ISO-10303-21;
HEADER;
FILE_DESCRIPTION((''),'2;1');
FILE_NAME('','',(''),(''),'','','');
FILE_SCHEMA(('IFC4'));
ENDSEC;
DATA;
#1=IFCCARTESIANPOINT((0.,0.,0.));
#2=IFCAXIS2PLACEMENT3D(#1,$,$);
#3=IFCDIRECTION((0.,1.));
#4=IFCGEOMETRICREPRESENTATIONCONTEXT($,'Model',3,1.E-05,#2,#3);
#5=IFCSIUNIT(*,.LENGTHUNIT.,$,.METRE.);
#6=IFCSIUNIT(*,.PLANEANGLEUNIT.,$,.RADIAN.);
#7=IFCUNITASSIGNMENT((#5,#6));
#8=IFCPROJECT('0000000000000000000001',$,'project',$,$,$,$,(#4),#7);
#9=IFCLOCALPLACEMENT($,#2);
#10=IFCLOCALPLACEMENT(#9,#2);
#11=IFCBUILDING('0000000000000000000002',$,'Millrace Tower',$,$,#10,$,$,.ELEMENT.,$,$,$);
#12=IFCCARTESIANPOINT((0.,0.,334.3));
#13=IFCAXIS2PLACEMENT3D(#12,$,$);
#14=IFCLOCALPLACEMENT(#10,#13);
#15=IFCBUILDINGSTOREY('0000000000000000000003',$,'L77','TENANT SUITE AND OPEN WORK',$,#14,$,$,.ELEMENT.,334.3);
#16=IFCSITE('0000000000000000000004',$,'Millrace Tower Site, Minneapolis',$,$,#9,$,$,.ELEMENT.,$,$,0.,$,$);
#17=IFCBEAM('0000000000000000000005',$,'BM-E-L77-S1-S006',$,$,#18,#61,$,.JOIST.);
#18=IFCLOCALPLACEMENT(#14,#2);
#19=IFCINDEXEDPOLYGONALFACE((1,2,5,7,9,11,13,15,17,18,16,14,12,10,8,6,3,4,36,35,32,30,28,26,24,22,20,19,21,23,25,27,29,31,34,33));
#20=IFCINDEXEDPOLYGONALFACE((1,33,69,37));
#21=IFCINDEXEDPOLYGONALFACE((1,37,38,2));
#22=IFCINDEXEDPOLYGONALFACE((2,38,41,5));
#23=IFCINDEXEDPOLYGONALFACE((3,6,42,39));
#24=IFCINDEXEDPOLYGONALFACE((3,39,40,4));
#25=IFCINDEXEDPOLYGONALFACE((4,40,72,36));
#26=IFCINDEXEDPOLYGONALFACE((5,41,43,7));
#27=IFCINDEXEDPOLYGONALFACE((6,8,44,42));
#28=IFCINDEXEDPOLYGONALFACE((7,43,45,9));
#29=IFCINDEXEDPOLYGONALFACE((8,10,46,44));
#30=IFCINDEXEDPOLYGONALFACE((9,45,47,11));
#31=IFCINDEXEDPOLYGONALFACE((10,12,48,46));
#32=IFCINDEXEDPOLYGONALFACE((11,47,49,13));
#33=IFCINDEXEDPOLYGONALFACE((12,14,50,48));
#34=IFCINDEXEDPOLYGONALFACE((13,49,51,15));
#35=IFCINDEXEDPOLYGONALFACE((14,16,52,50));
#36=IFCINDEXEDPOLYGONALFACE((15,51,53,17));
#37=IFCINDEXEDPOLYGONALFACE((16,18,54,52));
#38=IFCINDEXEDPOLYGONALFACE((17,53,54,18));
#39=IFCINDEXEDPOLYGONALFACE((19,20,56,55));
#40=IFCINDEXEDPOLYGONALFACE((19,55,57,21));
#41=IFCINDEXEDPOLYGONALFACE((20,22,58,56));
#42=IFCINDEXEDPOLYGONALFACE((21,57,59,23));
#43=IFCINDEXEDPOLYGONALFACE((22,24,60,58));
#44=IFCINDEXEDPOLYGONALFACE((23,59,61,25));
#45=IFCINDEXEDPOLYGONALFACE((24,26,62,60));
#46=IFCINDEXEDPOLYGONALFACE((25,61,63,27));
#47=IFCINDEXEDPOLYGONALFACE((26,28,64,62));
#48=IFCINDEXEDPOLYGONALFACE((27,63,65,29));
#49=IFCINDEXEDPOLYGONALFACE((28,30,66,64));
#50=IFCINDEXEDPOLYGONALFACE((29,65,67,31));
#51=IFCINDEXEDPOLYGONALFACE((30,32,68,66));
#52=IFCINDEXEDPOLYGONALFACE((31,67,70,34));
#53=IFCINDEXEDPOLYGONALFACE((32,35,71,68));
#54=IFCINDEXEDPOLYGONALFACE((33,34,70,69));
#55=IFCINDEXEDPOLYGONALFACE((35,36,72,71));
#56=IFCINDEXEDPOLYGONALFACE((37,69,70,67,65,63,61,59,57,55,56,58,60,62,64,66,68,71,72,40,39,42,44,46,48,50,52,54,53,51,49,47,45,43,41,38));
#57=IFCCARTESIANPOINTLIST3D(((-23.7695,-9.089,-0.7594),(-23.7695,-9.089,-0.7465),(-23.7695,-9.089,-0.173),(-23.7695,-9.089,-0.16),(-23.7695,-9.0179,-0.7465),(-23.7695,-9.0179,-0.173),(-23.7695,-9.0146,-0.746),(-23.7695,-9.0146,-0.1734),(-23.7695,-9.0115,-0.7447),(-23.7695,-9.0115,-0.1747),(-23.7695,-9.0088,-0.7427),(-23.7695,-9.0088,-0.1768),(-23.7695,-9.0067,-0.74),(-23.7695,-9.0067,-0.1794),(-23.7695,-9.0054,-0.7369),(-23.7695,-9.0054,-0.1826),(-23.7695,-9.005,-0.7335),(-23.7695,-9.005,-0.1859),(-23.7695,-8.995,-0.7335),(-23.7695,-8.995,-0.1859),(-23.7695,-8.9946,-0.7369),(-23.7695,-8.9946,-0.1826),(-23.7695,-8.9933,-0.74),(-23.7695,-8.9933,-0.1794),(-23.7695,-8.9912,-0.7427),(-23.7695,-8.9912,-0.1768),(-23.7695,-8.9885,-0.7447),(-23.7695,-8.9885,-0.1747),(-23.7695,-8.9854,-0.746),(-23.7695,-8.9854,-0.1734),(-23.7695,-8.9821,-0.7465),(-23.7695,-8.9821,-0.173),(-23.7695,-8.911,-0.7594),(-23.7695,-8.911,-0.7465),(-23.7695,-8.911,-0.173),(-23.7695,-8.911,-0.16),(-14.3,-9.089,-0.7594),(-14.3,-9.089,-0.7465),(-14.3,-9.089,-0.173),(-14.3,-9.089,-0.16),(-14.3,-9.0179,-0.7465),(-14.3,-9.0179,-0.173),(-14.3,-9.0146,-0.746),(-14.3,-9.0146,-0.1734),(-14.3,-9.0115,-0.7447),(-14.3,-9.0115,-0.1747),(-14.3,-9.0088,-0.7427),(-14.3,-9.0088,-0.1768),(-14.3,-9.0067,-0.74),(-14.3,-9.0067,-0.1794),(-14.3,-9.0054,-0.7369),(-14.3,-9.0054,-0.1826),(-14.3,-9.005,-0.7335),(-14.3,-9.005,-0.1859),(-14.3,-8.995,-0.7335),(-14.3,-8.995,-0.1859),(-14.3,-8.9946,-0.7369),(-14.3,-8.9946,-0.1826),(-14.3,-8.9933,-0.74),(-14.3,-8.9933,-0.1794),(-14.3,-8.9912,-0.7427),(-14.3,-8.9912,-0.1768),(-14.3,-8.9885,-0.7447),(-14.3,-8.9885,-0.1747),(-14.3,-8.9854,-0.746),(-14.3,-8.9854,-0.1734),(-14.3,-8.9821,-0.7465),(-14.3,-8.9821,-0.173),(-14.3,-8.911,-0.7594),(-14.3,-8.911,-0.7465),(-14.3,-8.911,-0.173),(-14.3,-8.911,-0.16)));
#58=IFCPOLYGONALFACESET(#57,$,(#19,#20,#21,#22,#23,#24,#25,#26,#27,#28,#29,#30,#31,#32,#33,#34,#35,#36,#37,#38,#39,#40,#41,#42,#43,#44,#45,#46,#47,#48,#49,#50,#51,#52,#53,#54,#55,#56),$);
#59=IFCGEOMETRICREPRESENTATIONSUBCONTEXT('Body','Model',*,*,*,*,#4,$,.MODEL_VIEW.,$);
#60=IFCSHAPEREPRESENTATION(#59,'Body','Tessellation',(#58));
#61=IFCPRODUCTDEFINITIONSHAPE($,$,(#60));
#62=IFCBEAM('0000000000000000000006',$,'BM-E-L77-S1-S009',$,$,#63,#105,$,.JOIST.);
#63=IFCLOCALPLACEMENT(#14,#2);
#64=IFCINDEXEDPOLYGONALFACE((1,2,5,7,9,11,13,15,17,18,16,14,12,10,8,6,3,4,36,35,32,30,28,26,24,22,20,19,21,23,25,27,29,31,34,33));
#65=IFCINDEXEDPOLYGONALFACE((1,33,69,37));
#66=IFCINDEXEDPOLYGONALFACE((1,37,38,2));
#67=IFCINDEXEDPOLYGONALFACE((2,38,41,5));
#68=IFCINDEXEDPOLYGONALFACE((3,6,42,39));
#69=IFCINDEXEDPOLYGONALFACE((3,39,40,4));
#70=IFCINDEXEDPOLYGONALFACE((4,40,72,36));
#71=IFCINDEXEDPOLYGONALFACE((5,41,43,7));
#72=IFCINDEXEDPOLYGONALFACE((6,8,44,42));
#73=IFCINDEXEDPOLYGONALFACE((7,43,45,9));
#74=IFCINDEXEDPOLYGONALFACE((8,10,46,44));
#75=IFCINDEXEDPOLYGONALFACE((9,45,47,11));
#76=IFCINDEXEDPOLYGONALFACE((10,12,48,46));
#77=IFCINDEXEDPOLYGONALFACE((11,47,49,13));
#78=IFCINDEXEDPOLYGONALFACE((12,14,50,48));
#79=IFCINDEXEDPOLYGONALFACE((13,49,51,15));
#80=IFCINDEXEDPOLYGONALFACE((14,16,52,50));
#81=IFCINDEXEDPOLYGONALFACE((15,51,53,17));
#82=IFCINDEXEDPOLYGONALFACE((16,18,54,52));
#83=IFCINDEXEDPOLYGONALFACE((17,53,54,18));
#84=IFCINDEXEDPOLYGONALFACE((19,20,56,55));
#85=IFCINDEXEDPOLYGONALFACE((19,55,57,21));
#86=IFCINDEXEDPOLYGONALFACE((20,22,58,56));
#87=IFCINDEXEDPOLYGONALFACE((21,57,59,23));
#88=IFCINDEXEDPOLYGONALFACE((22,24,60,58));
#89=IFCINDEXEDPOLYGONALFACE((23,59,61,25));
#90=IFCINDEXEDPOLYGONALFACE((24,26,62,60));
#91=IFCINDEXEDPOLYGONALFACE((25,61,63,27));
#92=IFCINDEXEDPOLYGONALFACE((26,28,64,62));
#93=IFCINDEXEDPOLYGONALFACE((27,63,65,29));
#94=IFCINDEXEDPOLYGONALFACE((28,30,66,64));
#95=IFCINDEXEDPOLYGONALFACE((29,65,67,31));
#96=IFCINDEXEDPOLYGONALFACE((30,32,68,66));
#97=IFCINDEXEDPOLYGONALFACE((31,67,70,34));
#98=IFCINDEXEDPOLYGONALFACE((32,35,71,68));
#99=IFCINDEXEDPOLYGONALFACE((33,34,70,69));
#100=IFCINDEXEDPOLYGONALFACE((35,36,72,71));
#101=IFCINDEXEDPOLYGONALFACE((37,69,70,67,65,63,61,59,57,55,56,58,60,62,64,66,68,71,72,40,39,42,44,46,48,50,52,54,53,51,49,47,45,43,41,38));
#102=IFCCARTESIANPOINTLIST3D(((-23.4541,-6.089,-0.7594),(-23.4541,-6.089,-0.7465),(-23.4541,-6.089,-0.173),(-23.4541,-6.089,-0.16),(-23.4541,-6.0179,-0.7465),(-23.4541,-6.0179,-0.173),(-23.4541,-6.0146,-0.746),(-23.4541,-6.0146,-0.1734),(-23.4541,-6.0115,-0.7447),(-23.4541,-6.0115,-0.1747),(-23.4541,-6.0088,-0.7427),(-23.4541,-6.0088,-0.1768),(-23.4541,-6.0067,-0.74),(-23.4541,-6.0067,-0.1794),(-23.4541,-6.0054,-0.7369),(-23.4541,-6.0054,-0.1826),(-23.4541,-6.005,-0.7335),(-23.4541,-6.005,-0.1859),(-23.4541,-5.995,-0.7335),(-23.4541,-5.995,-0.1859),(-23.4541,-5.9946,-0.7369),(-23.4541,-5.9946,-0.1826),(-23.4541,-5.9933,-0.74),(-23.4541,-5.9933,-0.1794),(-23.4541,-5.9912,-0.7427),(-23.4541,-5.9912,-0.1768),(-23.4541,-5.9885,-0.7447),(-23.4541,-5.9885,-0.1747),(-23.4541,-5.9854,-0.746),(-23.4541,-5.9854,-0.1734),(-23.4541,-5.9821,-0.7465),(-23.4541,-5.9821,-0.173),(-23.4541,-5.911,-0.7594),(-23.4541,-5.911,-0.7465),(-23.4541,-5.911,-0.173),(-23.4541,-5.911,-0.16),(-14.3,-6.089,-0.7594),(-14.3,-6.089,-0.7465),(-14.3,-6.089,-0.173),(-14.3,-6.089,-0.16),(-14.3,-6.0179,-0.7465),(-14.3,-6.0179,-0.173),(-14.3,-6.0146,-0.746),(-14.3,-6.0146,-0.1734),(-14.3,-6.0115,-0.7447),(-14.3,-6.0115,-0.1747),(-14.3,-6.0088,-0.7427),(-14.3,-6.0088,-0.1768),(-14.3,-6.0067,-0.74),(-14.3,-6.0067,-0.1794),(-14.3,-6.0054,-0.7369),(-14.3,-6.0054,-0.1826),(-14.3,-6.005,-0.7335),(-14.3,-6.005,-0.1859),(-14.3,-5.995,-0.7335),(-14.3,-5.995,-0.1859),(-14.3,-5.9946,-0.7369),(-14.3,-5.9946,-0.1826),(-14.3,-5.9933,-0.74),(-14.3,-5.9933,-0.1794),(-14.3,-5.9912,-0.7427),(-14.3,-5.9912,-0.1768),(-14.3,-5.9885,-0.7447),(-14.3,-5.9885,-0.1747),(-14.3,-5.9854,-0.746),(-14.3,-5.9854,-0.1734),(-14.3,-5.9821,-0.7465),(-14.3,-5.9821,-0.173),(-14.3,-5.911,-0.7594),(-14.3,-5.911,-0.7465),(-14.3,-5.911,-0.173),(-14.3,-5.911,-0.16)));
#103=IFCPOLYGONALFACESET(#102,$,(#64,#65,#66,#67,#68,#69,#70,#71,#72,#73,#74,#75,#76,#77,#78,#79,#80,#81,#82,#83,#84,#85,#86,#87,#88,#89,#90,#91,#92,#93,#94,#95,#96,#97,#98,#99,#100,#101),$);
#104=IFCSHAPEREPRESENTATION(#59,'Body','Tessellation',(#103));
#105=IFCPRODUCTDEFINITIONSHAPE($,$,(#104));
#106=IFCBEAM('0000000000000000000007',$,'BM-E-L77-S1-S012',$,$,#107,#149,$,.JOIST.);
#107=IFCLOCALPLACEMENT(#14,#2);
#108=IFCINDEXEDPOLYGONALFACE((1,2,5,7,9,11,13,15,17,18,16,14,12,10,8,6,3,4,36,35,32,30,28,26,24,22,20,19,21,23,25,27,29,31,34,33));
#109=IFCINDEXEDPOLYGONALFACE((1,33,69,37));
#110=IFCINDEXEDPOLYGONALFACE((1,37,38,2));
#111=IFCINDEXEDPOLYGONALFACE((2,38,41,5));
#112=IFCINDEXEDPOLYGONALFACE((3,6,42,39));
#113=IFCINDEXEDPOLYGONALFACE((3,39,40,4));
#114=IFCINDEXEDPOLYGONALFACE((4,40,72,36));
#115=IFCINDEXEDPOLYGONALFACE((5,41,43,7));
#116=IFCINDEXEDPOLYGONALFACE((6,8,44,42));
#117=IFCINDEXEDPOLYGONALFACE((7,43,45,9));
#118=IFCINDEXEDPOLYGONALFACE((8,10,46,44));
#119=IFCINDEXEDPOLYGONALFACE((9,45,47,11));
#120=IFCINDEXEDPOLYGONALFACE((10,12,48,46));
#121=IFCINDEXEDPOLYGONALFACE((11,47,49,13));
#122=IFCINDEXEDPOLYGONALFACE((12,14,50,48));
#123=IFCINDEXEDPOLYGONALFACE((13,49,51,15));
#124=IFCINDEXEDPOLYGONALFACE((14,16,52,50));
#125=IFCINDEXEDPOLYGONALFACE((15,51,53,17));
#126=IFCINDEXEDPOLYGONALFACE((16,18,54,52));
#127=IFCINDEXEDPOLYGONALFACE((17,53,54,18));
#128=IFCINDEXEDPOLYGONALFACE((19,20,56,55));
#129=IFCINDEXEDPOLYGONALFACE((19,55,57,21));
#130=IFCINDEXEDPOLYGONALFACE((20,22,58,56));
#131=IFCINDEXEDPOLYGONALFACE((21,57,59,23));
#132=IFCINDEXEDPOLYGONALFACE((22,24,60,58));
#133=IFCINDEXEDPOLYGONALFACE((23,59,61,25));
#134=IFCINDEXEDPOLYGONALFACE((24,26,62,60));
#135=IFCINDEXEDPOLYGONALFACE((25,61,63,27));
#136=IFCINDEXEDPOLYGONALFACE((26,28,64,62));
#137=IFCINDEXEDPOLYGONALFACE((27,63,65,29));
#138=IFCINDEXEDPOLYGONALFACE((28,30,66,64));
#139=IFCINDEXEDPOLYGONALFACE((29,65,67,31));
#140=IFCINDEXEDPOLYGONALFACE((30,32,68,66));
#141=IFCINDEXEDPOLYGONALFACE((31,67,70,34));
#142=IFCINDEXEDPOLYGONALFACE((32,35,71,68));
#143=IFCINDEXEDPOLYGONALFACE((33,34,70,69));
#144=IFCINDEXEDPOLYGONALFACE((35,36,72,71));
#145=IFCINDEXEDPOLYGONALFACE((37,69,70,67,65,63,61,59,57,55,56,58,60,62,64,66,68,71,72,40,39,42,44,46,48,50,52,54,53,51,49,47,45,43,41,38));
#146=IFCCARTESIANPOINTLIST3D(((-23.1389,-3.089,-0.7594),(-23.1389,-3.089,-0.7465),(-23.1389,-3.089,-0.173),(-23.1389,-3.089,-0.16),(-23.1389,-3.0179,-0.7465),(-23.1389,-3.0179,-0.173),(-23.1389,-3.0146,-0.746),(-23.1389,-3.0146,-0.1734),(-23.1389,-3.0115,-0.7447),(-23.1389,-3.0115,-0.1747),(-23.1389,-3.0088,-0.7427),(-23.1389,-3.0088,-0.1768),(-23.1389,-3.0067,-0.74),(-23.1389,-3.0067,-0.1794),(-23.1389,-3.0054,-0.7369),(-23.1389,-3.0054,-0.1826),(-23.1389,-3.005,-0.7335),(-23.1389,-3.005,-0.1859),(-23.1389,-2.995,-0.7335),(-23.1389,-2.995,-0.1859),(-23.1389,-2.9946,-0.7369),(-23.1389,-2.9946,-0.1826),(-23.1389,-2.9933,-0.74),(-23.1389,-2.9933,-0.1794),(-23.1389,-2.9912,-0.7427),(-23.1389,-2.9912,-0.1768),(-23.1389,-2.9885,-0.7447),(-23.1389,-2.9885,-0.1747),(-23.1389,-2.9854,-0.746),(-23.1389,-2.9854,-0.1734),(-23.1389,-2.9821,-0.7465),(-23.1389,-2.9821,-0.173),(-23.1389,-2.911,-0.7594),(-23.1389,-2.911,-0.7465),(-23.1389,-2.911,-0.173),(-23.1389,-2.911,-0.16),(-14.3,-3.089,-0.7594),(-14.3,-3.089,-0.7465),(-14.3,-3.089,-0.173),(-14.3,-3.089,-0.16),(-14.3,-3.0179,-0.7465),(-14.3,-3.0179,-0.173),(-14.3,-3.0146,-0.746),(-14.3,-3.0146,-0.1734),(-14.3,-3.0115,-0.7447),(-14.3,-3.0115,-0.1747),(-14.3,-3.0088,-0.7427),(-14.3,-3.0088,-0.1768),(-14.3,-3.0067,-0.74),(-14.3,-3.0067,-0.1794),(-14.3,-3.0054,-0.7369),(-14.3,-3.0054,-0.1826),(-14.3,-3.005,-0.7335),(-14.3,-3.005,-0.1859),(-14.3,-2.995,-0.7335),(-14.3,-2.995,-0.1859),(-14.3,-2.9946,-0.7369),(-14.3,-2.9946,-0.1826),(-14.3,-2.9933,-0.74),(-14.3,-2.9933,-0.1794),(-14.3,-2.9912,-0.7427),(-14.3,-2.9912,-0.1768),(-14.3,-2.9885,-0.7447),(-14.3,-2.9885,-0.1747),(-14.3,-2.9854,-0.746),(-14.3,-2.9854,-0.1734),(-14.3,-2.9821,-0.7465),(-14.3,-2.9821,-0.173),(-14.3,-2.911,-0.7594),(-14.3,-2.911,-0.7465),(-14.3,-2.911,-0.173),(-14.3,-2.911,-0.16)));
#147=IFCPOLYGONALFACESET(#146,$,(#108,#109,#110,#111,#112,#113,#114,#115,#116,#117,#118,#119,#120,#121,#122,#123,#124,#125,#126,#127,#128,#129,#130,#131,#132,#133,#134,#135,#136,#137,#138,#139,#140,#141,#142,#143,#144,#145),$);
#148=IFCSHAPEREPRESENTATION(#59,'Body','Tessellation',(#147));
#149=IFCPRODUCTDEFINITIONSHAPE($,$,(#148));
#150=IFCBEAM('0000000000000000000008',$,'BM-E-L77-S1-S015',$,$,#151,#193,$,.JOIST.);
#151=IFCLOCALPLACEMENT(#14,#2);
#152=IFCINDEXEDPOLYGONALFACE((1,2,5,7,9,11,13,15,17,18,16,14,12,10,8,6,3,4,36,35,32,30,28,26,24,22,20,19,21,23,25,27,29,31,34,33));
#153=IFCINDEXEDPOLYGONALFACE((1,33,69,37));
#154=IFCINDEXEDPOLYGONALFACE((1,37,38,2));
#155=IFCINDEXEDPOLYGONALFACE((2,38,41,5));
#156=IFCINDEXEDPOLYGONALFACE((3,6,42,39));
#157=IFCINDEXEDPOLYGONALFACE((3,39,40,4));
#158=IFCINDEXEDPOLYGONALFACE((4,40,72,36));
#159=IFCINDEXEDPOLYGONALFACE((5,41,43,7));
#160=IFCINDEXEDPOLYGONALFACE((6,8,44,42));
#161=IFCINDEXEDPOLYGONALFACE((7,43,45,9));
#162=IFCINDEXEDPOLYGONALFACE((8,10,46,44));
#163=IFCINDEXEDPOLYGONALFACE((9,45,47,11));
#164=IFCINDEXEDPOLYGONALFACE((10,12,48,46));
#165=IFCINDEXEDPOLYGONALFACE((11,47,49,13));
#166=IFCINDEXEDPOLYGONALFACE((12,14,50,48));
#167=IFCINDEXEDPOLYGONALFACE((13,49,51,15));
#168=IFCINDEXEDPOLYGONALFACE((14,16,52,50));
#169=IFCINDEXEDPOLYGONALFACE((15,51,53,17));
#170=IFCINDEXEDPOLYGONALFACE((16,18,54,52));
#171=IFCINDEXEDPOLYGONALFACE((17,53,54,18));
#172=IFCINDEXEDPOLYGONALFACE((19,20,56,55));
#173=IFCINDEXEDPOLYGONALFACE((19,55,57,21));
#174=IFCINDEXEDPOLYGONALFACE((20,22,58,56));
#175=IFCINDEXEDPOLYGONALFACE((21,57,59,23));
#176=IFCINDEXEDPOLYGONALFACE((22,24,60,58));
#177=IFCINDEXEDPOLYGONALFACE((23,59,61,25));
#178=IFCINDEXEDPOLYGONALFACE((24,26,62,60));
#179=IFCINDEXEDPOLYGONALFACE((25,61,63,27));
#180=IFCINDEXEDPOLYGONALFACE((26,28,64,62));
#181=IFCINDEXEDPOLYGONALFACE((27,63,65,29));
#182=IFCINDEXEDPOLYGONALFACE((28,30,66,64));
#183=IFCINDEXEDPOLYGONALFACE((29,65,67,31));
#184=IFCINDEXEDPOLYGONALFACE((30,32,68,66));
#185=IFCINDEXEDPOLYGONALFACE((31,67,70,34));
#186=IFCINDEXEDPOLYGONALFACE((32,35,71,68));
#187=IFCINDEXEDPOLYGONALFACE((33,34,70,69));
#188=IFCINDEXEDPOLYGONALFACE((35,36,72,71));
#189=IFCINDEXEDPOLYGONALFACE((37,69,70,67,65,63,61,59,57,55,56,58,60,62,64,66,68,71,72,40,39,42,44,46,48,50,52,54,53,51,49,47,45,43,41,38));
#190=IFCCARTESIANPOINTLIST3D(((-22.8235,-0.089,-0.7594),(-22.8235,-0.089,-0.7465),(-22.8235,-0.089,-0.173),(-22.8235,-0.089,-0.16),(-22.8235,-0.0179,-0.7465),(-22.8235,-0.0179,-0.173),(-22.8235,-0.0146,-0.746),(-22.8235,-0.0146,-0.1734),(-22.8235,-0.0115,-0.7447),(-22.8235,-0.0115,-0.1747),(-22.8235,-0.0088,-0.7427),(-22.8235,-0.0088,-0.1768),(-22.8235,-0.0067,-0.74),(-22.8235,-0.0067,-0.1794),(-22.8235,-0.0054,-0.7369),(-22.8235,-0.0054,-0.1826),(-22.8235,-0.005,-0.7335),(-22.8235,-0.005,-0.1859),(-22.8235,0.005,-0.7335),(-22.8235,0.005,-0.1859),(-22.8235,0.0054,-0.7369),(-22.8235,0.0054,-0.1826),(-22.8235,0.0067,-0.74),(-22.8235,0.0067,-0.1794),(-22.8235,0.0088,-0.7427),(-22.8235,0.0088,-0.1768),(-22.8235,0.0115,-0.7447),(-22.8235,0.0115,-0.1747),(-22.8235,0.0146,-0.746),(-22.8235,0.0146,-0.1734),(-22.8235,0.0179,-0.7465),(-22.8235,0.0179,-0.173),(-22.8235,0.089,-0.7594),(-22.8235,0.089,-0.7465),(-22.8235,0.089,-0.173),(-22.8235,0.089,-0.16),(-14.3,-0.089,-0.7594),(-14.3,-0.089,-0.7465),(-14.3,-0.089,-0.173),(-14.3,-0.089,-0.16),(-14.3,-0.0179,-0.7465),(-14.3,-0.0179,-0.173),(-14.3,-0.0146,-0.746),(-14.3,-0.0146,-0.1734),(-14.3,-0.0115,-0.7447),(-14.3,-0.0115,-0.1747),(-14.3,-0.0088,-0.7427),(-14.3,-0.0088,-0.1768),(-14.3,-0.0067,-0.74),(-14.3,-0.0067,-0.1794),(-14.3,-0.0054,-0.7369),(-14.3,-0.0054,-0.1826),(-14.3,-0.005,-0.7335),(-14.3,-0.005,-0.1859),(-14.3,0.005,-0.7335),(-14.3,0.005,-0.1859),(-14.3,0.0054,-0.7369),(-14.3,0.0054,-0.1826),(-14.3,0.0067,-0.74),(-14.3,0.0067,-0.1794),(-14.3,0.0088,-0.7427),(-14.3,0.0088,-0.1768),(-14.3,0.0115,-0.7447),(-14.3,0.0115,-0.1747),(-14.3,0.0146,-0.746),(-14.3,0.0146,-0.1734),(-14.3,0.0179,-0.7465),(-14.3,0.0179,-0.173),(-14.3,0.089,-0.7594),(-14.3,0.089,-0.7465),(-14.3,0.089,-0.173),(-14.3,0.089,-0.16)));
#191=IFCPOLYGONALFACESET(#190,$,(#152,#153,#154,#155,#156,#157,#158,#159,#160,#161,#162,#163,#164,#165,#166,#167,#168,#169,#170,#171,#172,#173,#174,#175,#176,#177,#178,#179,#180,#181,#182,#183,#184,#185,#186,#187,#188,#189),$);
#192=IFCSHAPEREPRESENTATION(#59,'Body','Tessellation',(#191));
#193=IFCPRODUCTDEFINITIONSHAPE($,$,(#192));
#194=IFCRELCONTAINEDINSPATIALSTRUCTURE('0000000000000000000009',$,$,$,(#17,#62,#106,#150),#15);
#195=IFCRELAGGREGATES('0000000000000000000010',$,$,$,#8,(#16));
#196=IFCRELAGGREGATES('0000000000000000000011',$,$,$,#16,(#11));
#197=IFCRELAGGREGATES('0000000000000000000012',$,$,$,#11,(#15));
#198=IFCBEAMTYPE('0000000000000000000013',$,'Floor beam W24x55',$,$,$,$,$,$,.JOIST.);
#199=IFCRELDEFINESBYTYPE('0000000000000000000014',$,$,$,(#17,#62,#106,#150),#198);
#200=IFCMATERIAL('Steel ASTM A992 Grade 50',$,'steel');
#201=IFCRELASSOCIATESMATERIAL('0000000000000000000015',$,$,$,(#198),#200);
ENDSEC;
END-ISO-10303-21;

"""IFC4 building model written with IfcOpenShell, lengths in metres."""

from ifc_helpers import new_model, si_unit, direction, frame, origin, origin_2d, place, context, subcontext, project, spatial, i_section, extrude, material, material_profile, profile_set, type_object, element, save


model = new_model("IFC4")

# Units and contexts
model_context = context("Model", 3, precision=1e-05, world=origin(), true_north=direction((0.0, 1.0)))
body_context = subcontext(model_context, "Body", "Model", "MODEL_VIEW")
ifc_project = project(units=[si_unit("LENGTHUNIT", "METRE"), si_unit("PLANEANGLEUNIT", "RADIAN")], contexts=[model_context])

# Site, building, storey
site_placement = place(None, origin())
site = spatial("IfcSite", under=ifc_project, at=site_placement, Name="Millrace Tower Site, Minneapolis", CompositionType="ELEMENT", RefElevation=0.0)
building_placement = place(site_placement, origin())
building = spatial("IfcBuilding", under=site, at=building_placement, Name="Millrace Tower", CompositionType="ELEMENT")
storey_placement = place(building_placement, frame((0.0, 0.0, 334.3)))
storey = spatial("IfcBuildingStorey", under=building, at=storey_placement, Name="L77", Description="TENANT SUITE AND OPEN WORK", CompositionType="ELEMENT", Elevation=334.3)

# Beams
ifc_material_1 = material(Name="Steel ASTM A992 Grade 50", Category="steel")
ifc_material_profile_1 = material_profile(ifc_material_1, i_section(OverallWidth=0.178, OverallDepth=0.5994, WebThickness=0.01, FlangeThickness=0.0129, FilletRadius=0.0129, at=origin_2d()))
ifc_profile_set_1 = profile_set([ifc_material_profile_1], Name="Steel ASTM A992 Grade 50")
beam_type_1 = type_object("IfcBeamType", Name="Floor beam W24x55", PredefinedType="JOIST", material=ifc_profile_set_1)
beam_1_placement = place(storey_placement, frame((-23.7695, -9.0, -0.4597), z_axis=(1.0, 0.0, 0.0), x_axis=(0.0, 1.0, 0.0)))
element("IfcBeam", 1, at=beam_1_placement, inside=storey, type_object=beam_type_1, Name="BM-E-L77-S1-S006", PredefinedType="JOIST", context=body_context, shape_type="SweptSolid", body=[
    extrude(i_section(OverallWidth=0.178, OverallDepth=0.5994, WebThickness=0.01, FlangeThickness=0.0129, FilletRadius=0.0129, at=origin_2d()), origin(), (0.0, 0.0, 1.0), 9.4695),
])
beam_2_placement = place(storey_placement, frame((-23.4541, -6.0, -0.4597), z_axis=(1.0, 0.0, 0.0), x_axis=(0.0, 1.0, 0.0)))
element("IfcBeam", 2, at=beam_2_placement, inside=storey, type_object=beam_type_1, Name="BM-E-L77-S1-S009", PredefinedType="JOIST", context=body_context, shape_type="SweptSolid", body=[
    extrude(i_section(OverallWidth=0.178, OverallDepth=0.5994, WebThickness=0.01, FlangeThickness=0.0129, FilletRadius=0.0129, at=origin_2d()), origin(), (0.0, 0.0, 1.0), 9.1541),
])
beam_3_placement = place(storey_placement, frame((-23.1389, -3.0, -0.4597), z_axis=(1.0, 0.0, 0.0), x_axis=(0.0, 1.0, 0.0)))
element("IfcBeam", 3, at=beam_3_placement, inside=storey, type_object=beam_type_1, Name="BM-E-L77-S1-S012", PredefinedType="JOIST", context=body_context, shape_type="SweptSolid", body=[
    extrude(i_section(OverallWidth=0.178, OverallDepth=0.5994, WebThickness=0.01, FlangeThickness=0.0129, FilletRadius=0.0129, at=origin_2d()), origin(), (0.0, 0.0, 1.0), 8.8389),
])
beam_4_placement = place(storey_placement, frame((-22.8235, 0.0, -0.4597), z_axis=(1.0, 0.0, 0.0), x_axis=(0.0, 1.0, 0.0)))
element("IfcBeam", 4, at=beam_4_placement, inside=storey, type_object=beam_type_1, Name="BM-E-L77-S1-S015", PredefinedType="JOIST", context=body_context, shape_type="SweptSolid", body=[
    extrude(i_section(OverallWidth=0.178, OverallDepth=0.5994, WebThickness=0.01, FlangeThickness=0.0129, FilletRadius=0.0129, at=origin_2d()), origin(), (0.0, 0.0, 1.0), 8.5234),
])

save(model, "model.ifc")
